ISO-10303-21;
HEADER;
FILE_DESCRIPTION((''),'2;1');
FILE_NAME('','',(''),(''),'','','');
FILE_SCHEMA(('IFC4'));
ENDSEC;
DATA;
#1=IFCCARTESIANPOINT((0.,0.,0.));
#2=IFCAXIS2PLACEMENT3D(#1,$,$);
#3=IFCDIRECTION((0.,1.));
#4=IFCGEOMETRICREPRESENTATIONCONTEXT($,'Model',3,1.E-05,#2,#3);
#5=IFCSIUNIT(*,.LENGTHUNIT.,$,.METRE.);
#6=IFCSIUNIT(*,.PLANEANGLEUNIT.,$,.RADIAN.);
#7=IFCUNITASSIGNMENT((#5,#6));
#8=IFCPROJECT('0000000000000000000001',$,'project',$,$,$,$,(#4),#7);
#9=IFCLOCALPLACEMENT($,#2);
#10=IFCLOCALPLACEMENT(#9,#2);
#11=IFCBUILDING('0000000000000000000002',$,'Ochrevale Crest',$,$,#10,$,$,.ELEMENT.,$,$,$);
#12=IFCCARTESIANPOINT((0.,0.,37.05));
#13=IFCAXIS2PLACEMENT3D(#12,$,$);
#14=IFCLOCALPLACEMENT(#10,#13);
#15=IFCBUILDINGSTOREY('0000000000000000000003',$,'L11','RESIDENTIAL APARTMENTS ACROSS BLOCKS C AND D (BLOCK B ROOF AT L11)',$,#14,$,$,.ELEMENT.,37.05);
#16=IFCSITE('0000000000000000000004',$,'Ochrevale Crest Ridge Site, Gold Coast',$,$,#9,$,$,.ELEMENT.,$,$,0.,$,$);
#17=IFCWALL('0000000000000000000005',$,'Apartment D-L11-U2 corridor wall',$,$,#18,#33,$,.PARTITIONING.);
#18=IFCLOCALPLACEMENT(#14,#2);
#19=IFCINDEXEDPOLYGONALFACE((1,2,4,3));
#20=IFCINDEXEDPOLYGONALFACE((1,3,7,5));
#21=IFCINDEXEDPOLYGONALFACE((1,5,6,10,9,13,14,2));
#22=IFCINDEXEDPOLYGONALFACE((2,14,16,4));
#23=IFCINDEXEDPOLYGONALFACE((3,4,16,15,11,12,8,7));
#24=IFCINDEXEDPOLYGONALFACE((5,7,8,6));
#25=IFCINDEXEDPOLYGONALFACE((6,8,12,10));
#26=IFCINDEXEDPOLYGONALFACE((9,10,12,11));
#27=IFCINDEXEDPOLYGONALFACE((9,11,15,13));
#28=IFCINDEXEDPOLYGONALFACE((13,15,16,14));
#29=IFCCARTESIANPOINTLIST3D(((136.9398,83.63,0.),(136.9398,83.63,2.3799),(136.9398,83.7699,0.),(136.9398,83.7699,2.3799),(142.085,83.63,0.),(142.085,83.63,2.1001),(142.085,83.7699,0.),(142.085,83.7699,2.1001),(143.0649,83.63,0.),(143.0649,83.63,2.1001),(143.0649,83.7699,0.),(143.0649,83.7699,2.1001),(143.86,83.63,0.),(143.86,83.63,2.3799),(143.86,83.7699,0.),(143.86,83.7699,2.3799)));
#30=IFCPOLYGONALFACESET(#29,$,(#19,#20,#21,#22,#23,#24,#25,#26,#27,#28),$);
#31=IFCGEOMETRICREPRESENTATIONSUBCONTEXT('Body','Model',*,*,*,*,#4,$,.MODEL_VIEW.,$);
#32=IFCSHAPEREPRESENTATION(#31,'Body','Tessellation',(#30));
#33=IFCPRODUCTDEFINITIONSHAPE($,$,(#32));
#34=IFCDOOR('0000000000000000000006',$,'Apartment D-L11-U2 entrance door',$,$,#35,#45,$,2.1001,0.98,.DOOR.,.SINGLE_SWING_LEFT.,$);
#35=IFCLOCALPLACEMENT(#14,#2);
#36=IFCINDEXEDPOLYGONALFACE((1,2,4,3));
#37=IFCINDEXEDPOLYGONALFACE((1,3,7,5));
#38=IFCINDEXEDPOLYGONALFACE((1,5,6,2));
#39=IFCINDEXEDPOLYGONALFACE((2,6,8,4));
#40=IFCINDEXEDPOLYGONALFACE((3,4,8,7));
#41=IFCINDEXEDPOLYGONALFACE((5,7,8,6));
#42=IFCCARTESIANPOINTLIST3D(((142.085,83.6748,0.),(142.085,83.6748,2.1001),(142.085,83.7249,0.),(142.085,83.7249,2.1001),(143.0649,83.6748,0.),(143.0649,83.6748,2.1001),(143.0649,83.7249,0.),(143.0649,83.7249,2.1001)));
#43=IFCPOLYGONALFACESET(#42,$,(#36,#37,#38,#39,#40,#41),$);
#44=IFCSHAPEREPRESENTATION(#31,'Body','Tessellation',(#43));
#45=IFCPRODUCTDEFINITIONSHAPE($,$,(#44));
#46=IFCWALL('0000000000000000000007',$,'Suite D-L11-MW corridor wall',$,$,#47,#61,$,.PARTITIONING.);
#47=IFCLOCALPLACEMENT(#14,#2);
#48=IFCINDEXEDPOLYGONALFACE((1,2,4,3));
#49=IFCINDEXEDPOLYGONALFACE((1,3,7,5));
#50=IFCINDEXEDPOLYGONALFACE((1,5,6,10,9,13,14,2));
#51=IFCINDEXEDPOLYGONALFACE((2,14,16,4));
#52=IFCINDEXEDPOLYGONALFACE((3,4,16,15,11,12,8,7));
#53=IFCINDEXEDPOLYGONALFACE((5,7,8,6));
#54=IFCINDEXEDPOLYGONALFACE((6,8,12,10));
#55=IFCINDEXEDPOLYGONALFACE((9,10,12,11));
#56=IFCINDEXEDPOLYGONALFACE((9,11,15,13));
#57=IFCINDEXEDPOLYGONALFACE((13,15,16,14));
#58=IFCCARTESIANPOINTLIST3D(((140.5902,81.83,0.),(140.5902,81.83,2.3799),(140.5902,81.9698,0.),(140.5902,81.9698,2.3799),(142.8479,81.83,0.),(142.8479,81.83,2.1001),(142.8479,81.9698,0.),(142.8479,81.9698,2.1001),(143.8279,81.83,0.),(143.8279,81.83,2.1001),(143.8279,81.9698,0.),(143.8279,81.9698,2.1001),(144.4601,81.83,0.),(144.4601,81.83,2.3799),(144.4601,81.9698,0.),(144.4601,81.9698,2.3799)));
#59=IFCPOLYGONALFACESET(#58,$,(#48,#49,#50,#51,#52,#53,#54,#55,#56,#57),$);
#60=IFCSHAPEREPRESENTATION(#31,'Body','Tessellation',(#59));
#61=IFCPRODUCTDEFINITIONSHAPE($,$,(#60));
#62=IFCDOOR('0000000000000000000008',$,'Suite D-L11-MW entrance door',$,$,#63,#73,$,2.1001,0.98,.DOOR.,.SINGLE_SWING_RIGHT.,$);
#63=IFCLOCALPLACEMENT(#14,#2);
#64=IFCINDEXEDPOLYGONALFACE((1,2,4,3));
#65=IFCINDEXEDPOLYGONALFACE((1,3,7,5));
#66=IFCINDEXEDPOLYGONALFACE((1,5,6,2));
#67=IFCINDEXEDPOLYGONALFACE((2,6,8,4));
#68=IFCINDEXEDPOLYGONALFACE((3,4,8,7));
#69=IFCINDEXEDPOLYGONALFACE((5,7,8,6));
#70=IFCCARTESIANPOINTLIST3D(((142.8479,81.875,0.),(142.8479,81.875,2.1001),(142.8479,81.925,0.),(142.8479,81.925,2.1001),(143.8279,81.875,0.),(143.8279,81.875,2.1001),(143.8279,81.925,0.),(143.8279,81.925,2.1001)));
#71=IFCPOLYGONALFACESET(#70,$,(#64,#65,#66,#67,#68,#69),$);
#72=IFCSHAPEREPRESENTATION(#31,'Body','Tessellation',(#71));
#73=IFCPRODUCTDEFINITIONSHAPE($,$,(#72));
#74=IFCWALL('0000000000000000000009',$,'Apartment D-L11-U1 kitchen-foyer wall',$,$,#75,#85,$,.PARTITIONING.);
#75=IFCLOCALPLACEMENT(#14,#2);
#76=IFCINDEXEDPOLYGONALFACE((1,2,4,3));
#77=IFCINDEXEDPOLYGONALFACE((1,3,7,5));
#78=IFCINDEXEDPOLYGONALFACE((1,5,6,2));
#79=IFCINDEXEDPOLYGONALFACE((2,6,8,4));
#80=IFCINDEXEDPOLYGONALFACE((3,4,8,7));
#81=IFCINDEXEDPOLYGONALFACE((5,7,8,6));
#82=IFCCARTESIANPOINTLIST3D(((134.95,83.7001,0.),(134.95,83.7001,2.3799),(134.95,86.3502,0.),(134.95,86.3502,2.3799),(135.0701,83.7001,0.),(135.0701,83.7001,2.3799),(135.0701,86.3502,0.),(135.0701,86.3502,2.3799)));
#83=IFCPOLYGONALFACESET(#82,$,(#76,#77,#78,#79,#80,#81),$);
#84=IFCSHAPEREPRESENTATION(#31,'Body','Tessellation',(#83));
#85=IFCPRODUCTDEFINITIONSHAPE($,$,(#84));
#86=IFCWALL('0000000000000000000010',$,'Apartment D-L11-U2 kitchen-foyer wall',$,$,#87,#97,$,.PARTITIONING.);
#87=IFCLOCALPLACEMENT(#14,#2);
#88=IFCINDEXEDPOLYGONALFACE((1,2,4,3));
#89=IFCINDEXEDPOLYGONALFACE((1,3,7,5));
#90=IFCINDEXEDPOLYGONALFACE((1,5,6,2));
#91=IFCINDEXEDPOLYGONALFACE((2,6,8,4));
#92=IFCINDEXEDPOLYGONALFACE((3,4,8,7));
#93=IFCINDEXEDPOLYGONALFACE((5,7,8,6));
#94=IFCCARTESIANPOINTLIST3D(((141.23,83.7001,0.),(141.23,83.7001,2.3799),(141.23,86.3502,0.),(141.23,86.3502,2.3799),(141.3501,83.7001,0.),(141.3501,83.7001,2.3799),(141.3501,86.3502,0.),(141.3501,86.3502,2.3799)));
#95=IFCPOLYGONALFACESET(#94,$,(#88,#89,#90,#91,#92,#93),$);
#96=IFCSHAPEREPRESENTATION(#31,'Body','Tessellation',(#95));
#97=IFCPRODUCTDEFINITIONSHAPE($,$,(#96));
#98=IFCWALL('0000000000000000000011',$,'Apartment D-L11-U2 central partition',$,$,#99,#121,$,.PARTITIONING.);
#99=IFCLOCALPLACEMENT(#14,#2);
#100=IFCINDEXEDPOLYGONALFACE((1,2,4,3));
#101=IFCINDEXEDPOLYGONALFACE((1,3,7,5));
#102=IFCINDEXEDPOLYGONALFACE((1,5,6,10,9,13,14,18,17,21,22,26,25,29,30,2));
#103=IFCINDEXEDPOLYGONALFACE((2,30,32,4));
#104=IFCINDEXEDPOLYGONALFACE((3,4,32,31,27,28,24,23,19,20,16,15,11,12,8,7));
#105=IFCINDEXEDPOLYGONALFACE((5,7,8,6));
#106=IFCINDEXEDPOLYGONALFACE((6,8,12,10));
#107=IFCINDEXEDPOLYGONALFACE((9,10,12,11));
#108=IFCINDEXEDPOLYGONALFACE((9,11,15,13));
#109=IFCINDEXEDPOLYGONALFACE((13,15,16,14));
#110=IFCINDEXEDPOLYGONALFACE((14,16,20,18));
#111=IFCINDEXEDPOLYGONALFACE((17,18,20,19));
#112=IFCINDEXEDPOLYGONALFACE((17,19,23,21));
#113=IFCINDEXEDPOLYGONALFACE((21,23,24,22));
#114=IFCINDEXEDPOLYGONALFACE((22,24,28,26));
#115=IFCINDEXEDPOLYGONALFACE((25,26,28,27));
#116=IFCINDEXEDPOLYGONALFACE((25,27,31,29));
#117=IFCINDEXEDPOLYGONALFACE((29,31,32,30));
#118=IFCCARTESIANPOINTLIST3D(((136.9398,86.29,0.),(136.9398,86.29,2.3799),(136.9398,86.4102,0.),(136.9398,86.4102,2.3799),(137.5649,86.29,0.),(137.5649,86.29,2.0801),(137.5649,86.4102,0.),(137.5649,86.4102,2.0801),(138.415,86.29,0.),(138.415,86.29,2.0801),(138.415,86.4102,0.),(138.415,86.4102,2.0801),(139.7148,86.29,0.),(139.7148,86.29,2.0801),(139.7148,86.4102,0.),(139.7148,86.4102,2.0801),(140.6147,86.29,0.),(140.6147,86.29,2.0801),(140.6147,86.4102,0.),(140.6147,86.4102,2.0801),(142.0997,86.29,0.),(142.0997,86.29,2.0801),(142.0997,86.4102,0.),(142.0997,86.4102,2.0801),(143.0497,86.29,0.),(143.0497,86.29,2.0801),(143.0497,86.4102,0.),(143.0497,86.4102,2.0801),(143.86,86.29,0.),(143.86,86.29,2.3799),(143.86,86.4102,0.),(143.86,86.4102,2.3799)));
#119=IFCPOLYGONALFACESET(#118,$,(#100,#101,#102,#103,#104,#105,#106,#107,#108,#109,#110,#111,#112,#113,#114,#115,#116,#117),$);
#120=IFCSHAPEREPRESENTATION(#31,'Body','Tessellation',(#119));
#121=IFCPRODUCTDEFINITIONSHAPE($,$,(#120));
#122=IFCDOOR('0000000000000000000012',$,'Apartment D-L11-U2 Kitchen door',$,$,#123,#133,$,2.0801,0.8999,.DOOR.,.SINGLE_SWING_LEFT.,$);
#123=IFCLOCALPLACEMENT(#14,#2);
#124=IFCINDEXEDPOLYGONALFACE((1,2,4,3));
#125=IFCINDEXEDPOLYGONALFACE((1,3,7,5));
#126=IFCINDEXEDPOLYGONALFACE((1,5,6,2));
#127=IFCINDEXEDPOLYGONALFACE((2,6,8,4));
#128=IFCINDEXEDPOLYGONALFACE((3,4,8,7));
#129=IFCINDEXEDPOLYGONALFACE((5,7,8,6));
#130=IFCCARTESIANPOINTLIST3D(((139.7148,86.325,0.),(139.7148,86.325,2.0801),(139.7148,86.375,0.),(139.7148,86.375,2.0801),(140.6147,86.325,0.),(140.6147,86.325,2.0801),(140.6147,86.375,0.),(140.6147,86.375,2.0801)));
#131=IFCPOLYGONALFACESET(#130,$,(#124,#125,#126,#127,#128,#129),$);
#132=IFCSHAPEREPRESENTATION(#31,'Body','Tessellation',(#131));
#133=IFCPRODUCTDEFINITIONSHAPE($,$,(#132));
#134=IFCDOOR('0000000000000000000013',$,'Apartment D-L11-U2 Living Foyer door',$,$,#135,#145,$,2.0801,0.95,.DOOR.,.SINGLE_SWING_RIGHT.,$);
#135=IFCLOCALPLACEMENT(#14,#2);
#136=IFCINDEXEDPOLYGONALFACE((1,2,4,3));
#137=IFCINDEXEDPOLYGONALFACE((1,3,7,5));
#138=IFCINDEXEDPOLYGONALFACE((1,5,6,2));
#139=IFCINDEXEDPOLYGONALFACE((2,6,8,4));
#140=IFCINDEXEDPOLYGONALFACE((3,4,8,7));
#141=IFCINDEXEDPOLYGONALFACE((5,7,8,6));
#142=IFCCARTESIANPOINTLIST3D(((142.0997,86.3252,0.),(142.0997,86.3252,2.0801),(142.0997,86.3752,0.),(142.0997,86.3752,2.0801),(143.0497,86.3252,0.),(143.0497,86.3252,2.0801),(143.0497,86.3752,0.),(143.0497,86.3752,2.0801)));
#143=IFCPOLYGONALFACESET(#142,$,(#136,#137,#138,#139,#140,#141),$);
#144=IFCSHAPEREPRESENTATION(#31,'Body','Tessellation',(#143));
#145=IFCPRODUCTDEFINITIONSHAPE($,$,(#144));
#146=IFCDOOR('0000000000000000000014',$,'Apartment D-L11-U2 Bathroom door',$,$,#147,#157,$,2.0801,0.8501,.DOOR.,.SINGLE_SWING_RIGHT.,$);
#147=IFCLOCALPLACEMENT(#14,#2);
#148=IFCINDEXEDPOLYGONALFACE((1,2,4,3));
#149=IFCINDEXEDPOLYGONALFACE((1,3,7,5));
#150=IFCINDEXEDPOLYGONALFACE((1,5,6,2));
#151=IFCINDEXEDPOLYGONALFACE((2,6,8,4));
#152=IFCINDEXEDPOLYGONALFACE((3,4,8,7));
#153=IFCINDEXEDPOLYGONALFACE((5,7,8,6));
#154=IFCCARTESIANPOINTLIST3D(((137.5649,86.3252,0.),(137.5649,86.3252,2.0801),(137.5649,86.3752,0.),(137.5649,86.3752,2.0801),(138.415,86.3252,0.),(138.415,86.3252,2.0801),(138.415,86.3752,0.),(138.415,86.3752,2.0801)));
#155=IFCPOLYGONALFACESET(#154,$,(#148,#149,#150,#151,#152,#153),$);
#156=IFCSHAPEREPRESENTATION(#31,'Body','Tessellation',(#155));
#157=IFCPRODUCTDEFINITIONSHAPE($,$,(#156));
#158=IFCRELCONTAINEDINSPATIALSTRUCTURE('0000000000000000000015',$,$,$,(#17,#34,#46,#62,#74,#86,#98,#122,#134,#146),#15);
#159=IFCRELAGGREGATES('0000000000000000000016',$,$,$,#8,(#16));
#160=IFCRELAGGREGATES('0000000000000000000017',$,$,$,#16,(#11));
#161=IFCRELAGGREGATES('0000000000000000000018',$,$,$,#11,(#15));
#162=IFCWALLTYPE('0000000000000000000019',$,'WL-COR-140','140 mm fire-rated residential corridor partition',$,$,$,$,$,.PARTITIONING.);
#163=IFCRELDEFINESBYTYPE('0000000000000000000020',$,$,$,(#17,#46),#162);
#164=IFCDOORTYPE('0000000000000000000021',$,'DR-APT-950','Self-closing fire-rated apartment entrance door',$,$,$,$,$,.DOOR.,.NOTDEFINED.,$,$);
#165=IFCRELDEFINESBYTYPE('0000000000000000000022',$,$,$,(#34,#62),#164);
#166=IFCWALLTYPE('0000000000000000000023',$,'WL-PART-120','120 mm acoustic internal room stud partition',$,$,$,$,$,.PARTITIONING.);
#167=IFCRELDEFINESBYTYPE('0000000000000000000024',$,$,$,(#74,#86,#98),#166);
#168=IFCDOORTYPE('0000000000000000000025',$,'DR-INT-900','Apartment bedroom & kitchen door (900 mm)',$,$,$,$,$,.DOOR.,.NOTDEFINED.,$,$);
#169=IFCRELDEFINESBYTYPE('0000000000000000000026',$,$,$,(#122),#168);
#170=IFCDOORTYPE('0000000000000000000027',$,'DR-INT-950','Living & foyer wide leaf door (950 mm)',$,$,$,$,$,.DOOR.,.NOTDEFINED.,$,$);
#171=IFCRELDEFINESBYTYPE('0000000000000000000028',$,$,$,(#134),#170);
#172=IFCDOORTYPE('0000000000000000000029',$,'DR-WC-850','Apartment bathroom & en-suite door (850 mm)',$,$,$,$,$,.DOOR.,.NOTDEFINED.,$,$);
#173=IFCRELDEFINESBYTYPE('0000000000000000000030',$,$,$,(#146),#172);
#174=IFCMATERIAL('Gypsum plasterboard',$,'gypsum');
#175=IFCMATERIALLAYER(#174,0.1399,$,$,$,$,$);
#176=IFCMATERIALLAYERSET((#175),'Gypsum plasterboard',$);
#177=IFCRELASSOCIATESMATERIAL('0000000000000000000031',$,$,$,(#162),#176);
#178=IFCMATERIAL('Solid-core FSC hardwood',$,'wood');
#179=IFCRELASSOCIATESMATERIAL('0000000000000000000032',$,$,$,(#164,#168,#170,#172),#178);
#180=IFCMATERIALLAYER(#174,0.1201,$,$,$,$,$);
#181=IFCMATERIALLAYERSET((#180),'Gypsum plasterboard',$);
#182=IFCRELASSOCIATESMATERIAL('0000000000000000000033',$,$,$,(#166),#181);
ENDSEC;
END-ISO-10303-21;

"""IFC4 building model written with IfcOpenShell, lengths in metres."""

from ifc_helpers import new_model, si_unit, direction, frame, frame_2d, origin, place, context, subcontext, project, spatial, rectangle, extrude, material, layer, layer_set, type_object, element, fill, save


model = new_model("IFC4")

# Units and contexts
model_context = context("Model", 3, precision=1e-05, world=origin(), true_north=direction((0.0, 1.0)))
body_context = subcontext(model_context, "Body", "Model", "MODEL_VIEW")
ifc_project = project(units=[si_unit("LENGTHUNIT", "METRE"), si_unit("PLANEANGLEUNIT", "RADIAN")], contexts=[model_context])

# Site, building, storey
site_placement = place(None, origin())
site = spatial("IfcSite", under=ifc_project, at=site_placement, Name="Ochrevale Crest Ridge Site, Gold Coast", CompositionType="ELEMENT", RefElevation=0.0)
building_placement = place(site_placement, origin())
building = spatial("IfcBuilding", under=site, at=building_placement, Name="Ochrevale Crest", CompositionType="ELEMENT")
storey_placement = place(building_placement, frame((0.0, 0.0, 37.05)))
storey = spatial("IfcBuildingStorey", under=building, at=storey_placement, Name="L11", Description="RESIDENTIAL APARTMENTS ACROSS BLOCKS C AND D (BLOCK B ROOF AT L11)", CompositionType="ELEMENT", Elevation=37.05)

# Walls, openings, doors
ifc_material_1 = material(Name="Gypsum plasterboard", Category="gypsum")
ifc_layer_1 = layer(ifc_material_1, 0.1399)
ifc_layer_set_1 = layer_set([ifc_layer_1], Name="Gypsum plasterboard")
wall_type_1 = type_object("IfcWallType", Name="WL-COR-140", Description="140 mm fire-rated residential corridor partition", PredefinedType="PARTITIONING", material=ifc_layer_set_1)
wall_1_placement = place(storey_placement, frame((136.9399, 83.7, 0.0), z_axis=(0.0, 0.0, 1.0), x_axis=(1.0, 0.0, 0.0)))
wall_1 = element("IfcWall", 1, at=wall_1_placement, inside=storey, type_object=wall_type_1, Name="Apartment D-L11-U2 corridor wall", PredefinedType="PARTITIONING", context=body_context, shape_type="SweptSolid", body=[
    extrude(rectangle(XDim=6.9202, YDim=0.1399, at=frame_2d((3.46, 0.0))), origin(), (0.0, 0.0, 1.0), 2.3799),
])
opening_1_placement = place(wall_1_placement, frame((5.145, 0.0, 0.0)))
opening_1 = element("IfcOpeningElement", 2, at=opening_1_placement, cuts=wall_1, PredefinedType="OPENING", context=body_context, shape_type="SweptSolid", body=[
    extrude(rectangle(XDim=0.98, YDim=2.1001, at=frame_2d((0.49, 1.05))), frame((0.0, 0.0801, 0.0), z_axis=(0.0, -1.0, 0.0), x_axis=(1.0, 0.0, 0.0)), (0.0, 0.0, 1.0), 0.1599),
])
ifc_material_2 = material(Name="Solid-core FSC hardwood", Category="wood")
door_type_1 = type_object("IfcDoorType", Name="DR-APT-950", Description="Self-closing fire-rated apartment entrance door", OperationType="NOTDEFINED", PredefinedType="DOOR", material=ifc_material_2)
door_1_placement = place(opening_1_placement, origin())
door_1 = element("IfcDoor", 3, at=door_1_placement, inside=storey, type_object=door_type_1, Name="Apartment D-L11-U2 entrance door", OperationType="SINGLE_SWING_LEFT", OverallHeight=2.1001, OverallWidth=0.98, PredefinedType="DOOR", context=body_context, shape_type="SweptSolid", body=[
    extrude(rectangle(XDim=0.98, YDim=2.1001, at=frame_2d((0.49, 1.05))), frame((0.0, 0.0249, 0.0), z_axis=(0.0, -1.0, 0.0), x_axis=(1.0, 0.0, 0.0)), (0.0, 0.0, 1.0), 0.05),
])
fill(opening_1, door_1)
wall_2_placement = place(storey_placement, frame((140.5901, 81.8999, 0.0), z_axis=(0.0, 0.0, 1.0), x_axis=(1.0, 0.0, 0.0)))
wall_2 = element("IfcWall", 4, at=wall_2_placement, inside=storey, type_object=wall_type_1, Name="Suite D-L11-MW corridor wall", PredefinedType="PARTITIONING", context=body_context, shape_type="SweptSolid", body=[
    extrude(rectangle(XDim=3.8699, YDim=0.1399, at=frame_2d((1.9351, 0.0))), origin(), (0.0, 0.0, 1.0), 2.3799),
])
opening_2_placement = place(wall_2_placement, frame((3.2378, 0.0, 0.0), z_axis=(0.0, 0.0, 1.0), x_axis=(-1.0, 0.0, 0.0)))
opening_2 = element("IfcOpeningElement", 5, at=opening_2_placement, cuts=wall_2, PredefinedType="OPENING", context=body_context, shape_type="SweptSolid", body=[
    extrude(rectangle(XDim=0.98, YDim=2.1001, at=frame_2d((0.49, 1.05))), frame((0.0, 0.0801, 0.0), z_axis=(0.0, -1.0, 0.0), x_axis=(1.0, 0.0, 0.0)), (0.0, 0.0, 1.0), 0.1599),
])
door_2_placement = place(opening_2_placement, origin())
door_2 = element("IfcDoor", 6, at=door_2_placement, inside=storey, type_object=door_type_1, Name="Suite D-L11-MW entrance door", OperationType="SINGLE_SWING_RIGHT", OverallHeight=2.1001, OverallWidth=0.98, PredefinedType="DOOR", context=body_context, shape_type="SweptSolid", body=[
    extrude(rectangle(XDim=0.98, YDim=2.1001, at=frame_2d((0.49, 1.05))), frame((0.0, 0.0249, 0.0), z_axis=(0.0, -1.0, 0.0), x_axis=(1.0, 0.0, 0.0)), (0.0, 0.0, 1.0), 0.05),
])
fill(opening_2, door_2)

# Walls
ifc_layer_2 = layer(ifc_material_1, 0.1201)
ifc_layer_set_2 = layer_set([ifc_layer_2], Name="Gypsum plasterboard")
wall_type_2 = type_object("IfcWallType", Name="WL-PART-120", Description="120 mm acoustic internal room stud partition", PredefinedType="PARTITIONING", material=ifc_layer_set_2)
for number, where, z_axis, x_axis, name in (
    (7, (135.01, 83.7, 0.0), (0.0, 0.0, 1.0), (0.0, 1.0, 0.0), "Apartment D-L11-U1 kitchen-foyer wall"),
    (8, (141.29, 83.7, 0.0), (0.0, 0.0, 1.0), (0.0, 1.0, 0.0), "Apartment D-L11-U2 kitchen-foyer wall"),
):
    element("IfcWall", number, at=place(storey_placement, frame(where, z_axis=z_axis, x_axis=x_axis)), inside=storey, type_object=wall_type_2, Name=name, PredefinedType="PARTITIONING", context=body_context, shape_type="SweptSolid", body=[
        extrude(rectangle(XDim=2.6501, YDim=0.1201, at=frame_2d((1.3252, 0.0))), origin(), (0.0, 0.0, 1.0), 2.3799),
    ])

# Wall, openings, doors
wall_3_placement = place(storey_placement, frame((136.9399, 86.3501, 0.0), z_axis=(0.0, 0.0, 1.0), x_axis=(1.0, 0.0, 0.0)))
wall_3 = element("IfcWall", 9, at=wall_3_placement, inside=storey, type_object=wall_type_2, Name="Apartment D-L11-U2 central partition", PredefinedType="PARTITIONING", context=body_context, shape_type="SweptSolid", body=[
    extrude(rectangle(XDim=6.9202, YDim=0.1201, at=frame_2d((3.46, 0.0))), origin(), (0.0, 0.0, 1.0), 2.3799),
])
opening_3_placement = place(wall_3_placement, frame((1.4751, 0.0, 0.0), z_axis=(0.0, 0.0, 1.0), x_axis=(-1.0, 0.0, 0.0)))
opening_3 = element("IfcOpeningElement", 10, at=opening_3_placement, cuts=wall_3, PredefinedType="OPENING", context=body_context, shape_type="SweptSolid", body=[
    extrude(rectangle(XDim=0.8501, YDim=2.0801, at=frame_2d((0.425, 1.04))), frame((0.0, 0.0701, 0.0), z_axis=(0.0, -1.0, 0.0), x_axis=(1.0, 0.0, 0.0)), (0.0, 0.0, 1.0), 0.1401),
])
opening_4_placement = place(wall_3_placement, frame((2.7749, 0.0, 0.0)))
opening_4 = element("IfcOpeningElement", 11, at=opening_4_placement, cuts=wall_3, PredefinedType="OPENING", context=body_context, shape_type="SweptSolid", body=[
    extrude(rectangle(XDim=0.8999, YDim=2.0801, at=frame_2d((0.45, 1.04))), frame((0.0, 0.0701, 0.0), z_axis=(0.0, -1.0, 0.0), x_axis=(1.0, 0.0, 0.0)), (0.0, 0.0, 1.0), 0.1401),
])
opening_5_placement = place(wall_3_placement, frame((6.1099, 0.0, 0.0), z_axis=(0.0, 0.0, 1.0), x_axis=(-1.0, 0.0, 0.0)))
opening_5 = element("IfcOpeningElement", 12, at=opening_5_placement, cuts=wall_3, PredefinedType="OPENING", context=body_context, shape_type="SweptSolid", body=[
    extrude(rectangle(XDim=0.95, YDim=2.0801, at=frame_2d((0.4751, 1.04))), frame((0.0, 0.0701, 0.0), z_axis=(0.0, -1.0, 0.0), x_axis=(1.0, 0.0, 0.0)), (0.0, 0.0, 1.0), 0.1401),
])
door_type_2 = type_object("IfcDoorType", Name="DR-INT-900", Description="Apartment bedroom & kitchen door (900 mm)", OperationType="NOTDEFINED", PredefinedType="DOOR", material=ifc_material_2)
door_3_placement = place(opening_4_placement, origin())
door_3 = element("IfcDoor", 13, at=door_3_placement, inside=storey, type_object=door_type_2, Name="Apartment D-L11-U2 Kitchen door", OperationType="SINGLE_SWING_LEFT", OverallHeight=2.0801, OverallWidth=0.8999, PredefinedType="DOOR", context=body_context, shape_type="SweptSolid", body=[
    extrude(rectangle(XDim=0.8999, YDim=2.0801, at=frame_2d((0.45, 1.04))), frame((0.0, 0.0249, 0.0), z_axis=(0.0, -1.0, 0.0), x_axis=(1.0, 0.0, 0.0)), (0.0, 0.0, 1.0), 0.05),
])
fill(opening_4, door_3)
door_type_3 = type_object("IfcDoorType", Name="DR-INT-950", Description="Living & foyer wide leaf door (950 mm)", OperationType="NOTDEFINED", PredefinedType="DOOR", material=ifc_material_2)
door_4_placement = place(opening_5_placement, origin())
door_4 = element("IfcDoor", 14, at=door_4_placement, inside=storey, type_object=door_type_3, Name="Apartment D-L11-U2 Living Foyer door", OperationType="SINGLE_SWING_RIGHT", OverallHeight=2.0801, OverallWidth=0.95, PredefinedType="DOOR", context=body_context, shape_type="SweptSolid", body=[
    extrude(rectangle(XDim=0.95, YDim=2.0801, at=frame_2d((0.4751, 1.04))), frame((0.0, 0.0249, 0.0), z_axis=(0.0, -1.0, 0.0), x_axis=(1.0, 0.0, 0.0)), (0.0, 0.0, 1.0), 0.05),
])
fill(opening_5, door_4)
door_type_4 = type_object("IfcDoorType", Name="DR-WC-850", Description="Apartment bathroom & en-suite door (850 mm)", OperationType="NOTDEFINED", PredefinedType="DOOR", material=ifc_material_2)
door_5_placement = place(opening_3_placement, origin())
door_5 = element("IfcDoor", 15, at=door_5_placement, inside=storey, type_object=door_type_4, Name="Apartment D-L11-U2 Bathroom door", OperationType="SINGLE_SWING_RIGHT", OverallHeight=2.0801, OverallWidth=0.8501, PredefinedType="DOOR", context=body_context, shape_type="SweptSolid", body=[
    extrude(rectangle(XDim=0.8501, YDim=2.0801, at=frame_2d((0.425, 1.04))), frame((0.0, 0.0249, 0.0), z_axis=(0.0, -1.0, 0.0), x_axis=(1.0, 0.0, 0.0)), (0.0, 0.0, 1.0), 0.05),
])
fill(opening_3, door_5)

save(model, "model.ifc")
